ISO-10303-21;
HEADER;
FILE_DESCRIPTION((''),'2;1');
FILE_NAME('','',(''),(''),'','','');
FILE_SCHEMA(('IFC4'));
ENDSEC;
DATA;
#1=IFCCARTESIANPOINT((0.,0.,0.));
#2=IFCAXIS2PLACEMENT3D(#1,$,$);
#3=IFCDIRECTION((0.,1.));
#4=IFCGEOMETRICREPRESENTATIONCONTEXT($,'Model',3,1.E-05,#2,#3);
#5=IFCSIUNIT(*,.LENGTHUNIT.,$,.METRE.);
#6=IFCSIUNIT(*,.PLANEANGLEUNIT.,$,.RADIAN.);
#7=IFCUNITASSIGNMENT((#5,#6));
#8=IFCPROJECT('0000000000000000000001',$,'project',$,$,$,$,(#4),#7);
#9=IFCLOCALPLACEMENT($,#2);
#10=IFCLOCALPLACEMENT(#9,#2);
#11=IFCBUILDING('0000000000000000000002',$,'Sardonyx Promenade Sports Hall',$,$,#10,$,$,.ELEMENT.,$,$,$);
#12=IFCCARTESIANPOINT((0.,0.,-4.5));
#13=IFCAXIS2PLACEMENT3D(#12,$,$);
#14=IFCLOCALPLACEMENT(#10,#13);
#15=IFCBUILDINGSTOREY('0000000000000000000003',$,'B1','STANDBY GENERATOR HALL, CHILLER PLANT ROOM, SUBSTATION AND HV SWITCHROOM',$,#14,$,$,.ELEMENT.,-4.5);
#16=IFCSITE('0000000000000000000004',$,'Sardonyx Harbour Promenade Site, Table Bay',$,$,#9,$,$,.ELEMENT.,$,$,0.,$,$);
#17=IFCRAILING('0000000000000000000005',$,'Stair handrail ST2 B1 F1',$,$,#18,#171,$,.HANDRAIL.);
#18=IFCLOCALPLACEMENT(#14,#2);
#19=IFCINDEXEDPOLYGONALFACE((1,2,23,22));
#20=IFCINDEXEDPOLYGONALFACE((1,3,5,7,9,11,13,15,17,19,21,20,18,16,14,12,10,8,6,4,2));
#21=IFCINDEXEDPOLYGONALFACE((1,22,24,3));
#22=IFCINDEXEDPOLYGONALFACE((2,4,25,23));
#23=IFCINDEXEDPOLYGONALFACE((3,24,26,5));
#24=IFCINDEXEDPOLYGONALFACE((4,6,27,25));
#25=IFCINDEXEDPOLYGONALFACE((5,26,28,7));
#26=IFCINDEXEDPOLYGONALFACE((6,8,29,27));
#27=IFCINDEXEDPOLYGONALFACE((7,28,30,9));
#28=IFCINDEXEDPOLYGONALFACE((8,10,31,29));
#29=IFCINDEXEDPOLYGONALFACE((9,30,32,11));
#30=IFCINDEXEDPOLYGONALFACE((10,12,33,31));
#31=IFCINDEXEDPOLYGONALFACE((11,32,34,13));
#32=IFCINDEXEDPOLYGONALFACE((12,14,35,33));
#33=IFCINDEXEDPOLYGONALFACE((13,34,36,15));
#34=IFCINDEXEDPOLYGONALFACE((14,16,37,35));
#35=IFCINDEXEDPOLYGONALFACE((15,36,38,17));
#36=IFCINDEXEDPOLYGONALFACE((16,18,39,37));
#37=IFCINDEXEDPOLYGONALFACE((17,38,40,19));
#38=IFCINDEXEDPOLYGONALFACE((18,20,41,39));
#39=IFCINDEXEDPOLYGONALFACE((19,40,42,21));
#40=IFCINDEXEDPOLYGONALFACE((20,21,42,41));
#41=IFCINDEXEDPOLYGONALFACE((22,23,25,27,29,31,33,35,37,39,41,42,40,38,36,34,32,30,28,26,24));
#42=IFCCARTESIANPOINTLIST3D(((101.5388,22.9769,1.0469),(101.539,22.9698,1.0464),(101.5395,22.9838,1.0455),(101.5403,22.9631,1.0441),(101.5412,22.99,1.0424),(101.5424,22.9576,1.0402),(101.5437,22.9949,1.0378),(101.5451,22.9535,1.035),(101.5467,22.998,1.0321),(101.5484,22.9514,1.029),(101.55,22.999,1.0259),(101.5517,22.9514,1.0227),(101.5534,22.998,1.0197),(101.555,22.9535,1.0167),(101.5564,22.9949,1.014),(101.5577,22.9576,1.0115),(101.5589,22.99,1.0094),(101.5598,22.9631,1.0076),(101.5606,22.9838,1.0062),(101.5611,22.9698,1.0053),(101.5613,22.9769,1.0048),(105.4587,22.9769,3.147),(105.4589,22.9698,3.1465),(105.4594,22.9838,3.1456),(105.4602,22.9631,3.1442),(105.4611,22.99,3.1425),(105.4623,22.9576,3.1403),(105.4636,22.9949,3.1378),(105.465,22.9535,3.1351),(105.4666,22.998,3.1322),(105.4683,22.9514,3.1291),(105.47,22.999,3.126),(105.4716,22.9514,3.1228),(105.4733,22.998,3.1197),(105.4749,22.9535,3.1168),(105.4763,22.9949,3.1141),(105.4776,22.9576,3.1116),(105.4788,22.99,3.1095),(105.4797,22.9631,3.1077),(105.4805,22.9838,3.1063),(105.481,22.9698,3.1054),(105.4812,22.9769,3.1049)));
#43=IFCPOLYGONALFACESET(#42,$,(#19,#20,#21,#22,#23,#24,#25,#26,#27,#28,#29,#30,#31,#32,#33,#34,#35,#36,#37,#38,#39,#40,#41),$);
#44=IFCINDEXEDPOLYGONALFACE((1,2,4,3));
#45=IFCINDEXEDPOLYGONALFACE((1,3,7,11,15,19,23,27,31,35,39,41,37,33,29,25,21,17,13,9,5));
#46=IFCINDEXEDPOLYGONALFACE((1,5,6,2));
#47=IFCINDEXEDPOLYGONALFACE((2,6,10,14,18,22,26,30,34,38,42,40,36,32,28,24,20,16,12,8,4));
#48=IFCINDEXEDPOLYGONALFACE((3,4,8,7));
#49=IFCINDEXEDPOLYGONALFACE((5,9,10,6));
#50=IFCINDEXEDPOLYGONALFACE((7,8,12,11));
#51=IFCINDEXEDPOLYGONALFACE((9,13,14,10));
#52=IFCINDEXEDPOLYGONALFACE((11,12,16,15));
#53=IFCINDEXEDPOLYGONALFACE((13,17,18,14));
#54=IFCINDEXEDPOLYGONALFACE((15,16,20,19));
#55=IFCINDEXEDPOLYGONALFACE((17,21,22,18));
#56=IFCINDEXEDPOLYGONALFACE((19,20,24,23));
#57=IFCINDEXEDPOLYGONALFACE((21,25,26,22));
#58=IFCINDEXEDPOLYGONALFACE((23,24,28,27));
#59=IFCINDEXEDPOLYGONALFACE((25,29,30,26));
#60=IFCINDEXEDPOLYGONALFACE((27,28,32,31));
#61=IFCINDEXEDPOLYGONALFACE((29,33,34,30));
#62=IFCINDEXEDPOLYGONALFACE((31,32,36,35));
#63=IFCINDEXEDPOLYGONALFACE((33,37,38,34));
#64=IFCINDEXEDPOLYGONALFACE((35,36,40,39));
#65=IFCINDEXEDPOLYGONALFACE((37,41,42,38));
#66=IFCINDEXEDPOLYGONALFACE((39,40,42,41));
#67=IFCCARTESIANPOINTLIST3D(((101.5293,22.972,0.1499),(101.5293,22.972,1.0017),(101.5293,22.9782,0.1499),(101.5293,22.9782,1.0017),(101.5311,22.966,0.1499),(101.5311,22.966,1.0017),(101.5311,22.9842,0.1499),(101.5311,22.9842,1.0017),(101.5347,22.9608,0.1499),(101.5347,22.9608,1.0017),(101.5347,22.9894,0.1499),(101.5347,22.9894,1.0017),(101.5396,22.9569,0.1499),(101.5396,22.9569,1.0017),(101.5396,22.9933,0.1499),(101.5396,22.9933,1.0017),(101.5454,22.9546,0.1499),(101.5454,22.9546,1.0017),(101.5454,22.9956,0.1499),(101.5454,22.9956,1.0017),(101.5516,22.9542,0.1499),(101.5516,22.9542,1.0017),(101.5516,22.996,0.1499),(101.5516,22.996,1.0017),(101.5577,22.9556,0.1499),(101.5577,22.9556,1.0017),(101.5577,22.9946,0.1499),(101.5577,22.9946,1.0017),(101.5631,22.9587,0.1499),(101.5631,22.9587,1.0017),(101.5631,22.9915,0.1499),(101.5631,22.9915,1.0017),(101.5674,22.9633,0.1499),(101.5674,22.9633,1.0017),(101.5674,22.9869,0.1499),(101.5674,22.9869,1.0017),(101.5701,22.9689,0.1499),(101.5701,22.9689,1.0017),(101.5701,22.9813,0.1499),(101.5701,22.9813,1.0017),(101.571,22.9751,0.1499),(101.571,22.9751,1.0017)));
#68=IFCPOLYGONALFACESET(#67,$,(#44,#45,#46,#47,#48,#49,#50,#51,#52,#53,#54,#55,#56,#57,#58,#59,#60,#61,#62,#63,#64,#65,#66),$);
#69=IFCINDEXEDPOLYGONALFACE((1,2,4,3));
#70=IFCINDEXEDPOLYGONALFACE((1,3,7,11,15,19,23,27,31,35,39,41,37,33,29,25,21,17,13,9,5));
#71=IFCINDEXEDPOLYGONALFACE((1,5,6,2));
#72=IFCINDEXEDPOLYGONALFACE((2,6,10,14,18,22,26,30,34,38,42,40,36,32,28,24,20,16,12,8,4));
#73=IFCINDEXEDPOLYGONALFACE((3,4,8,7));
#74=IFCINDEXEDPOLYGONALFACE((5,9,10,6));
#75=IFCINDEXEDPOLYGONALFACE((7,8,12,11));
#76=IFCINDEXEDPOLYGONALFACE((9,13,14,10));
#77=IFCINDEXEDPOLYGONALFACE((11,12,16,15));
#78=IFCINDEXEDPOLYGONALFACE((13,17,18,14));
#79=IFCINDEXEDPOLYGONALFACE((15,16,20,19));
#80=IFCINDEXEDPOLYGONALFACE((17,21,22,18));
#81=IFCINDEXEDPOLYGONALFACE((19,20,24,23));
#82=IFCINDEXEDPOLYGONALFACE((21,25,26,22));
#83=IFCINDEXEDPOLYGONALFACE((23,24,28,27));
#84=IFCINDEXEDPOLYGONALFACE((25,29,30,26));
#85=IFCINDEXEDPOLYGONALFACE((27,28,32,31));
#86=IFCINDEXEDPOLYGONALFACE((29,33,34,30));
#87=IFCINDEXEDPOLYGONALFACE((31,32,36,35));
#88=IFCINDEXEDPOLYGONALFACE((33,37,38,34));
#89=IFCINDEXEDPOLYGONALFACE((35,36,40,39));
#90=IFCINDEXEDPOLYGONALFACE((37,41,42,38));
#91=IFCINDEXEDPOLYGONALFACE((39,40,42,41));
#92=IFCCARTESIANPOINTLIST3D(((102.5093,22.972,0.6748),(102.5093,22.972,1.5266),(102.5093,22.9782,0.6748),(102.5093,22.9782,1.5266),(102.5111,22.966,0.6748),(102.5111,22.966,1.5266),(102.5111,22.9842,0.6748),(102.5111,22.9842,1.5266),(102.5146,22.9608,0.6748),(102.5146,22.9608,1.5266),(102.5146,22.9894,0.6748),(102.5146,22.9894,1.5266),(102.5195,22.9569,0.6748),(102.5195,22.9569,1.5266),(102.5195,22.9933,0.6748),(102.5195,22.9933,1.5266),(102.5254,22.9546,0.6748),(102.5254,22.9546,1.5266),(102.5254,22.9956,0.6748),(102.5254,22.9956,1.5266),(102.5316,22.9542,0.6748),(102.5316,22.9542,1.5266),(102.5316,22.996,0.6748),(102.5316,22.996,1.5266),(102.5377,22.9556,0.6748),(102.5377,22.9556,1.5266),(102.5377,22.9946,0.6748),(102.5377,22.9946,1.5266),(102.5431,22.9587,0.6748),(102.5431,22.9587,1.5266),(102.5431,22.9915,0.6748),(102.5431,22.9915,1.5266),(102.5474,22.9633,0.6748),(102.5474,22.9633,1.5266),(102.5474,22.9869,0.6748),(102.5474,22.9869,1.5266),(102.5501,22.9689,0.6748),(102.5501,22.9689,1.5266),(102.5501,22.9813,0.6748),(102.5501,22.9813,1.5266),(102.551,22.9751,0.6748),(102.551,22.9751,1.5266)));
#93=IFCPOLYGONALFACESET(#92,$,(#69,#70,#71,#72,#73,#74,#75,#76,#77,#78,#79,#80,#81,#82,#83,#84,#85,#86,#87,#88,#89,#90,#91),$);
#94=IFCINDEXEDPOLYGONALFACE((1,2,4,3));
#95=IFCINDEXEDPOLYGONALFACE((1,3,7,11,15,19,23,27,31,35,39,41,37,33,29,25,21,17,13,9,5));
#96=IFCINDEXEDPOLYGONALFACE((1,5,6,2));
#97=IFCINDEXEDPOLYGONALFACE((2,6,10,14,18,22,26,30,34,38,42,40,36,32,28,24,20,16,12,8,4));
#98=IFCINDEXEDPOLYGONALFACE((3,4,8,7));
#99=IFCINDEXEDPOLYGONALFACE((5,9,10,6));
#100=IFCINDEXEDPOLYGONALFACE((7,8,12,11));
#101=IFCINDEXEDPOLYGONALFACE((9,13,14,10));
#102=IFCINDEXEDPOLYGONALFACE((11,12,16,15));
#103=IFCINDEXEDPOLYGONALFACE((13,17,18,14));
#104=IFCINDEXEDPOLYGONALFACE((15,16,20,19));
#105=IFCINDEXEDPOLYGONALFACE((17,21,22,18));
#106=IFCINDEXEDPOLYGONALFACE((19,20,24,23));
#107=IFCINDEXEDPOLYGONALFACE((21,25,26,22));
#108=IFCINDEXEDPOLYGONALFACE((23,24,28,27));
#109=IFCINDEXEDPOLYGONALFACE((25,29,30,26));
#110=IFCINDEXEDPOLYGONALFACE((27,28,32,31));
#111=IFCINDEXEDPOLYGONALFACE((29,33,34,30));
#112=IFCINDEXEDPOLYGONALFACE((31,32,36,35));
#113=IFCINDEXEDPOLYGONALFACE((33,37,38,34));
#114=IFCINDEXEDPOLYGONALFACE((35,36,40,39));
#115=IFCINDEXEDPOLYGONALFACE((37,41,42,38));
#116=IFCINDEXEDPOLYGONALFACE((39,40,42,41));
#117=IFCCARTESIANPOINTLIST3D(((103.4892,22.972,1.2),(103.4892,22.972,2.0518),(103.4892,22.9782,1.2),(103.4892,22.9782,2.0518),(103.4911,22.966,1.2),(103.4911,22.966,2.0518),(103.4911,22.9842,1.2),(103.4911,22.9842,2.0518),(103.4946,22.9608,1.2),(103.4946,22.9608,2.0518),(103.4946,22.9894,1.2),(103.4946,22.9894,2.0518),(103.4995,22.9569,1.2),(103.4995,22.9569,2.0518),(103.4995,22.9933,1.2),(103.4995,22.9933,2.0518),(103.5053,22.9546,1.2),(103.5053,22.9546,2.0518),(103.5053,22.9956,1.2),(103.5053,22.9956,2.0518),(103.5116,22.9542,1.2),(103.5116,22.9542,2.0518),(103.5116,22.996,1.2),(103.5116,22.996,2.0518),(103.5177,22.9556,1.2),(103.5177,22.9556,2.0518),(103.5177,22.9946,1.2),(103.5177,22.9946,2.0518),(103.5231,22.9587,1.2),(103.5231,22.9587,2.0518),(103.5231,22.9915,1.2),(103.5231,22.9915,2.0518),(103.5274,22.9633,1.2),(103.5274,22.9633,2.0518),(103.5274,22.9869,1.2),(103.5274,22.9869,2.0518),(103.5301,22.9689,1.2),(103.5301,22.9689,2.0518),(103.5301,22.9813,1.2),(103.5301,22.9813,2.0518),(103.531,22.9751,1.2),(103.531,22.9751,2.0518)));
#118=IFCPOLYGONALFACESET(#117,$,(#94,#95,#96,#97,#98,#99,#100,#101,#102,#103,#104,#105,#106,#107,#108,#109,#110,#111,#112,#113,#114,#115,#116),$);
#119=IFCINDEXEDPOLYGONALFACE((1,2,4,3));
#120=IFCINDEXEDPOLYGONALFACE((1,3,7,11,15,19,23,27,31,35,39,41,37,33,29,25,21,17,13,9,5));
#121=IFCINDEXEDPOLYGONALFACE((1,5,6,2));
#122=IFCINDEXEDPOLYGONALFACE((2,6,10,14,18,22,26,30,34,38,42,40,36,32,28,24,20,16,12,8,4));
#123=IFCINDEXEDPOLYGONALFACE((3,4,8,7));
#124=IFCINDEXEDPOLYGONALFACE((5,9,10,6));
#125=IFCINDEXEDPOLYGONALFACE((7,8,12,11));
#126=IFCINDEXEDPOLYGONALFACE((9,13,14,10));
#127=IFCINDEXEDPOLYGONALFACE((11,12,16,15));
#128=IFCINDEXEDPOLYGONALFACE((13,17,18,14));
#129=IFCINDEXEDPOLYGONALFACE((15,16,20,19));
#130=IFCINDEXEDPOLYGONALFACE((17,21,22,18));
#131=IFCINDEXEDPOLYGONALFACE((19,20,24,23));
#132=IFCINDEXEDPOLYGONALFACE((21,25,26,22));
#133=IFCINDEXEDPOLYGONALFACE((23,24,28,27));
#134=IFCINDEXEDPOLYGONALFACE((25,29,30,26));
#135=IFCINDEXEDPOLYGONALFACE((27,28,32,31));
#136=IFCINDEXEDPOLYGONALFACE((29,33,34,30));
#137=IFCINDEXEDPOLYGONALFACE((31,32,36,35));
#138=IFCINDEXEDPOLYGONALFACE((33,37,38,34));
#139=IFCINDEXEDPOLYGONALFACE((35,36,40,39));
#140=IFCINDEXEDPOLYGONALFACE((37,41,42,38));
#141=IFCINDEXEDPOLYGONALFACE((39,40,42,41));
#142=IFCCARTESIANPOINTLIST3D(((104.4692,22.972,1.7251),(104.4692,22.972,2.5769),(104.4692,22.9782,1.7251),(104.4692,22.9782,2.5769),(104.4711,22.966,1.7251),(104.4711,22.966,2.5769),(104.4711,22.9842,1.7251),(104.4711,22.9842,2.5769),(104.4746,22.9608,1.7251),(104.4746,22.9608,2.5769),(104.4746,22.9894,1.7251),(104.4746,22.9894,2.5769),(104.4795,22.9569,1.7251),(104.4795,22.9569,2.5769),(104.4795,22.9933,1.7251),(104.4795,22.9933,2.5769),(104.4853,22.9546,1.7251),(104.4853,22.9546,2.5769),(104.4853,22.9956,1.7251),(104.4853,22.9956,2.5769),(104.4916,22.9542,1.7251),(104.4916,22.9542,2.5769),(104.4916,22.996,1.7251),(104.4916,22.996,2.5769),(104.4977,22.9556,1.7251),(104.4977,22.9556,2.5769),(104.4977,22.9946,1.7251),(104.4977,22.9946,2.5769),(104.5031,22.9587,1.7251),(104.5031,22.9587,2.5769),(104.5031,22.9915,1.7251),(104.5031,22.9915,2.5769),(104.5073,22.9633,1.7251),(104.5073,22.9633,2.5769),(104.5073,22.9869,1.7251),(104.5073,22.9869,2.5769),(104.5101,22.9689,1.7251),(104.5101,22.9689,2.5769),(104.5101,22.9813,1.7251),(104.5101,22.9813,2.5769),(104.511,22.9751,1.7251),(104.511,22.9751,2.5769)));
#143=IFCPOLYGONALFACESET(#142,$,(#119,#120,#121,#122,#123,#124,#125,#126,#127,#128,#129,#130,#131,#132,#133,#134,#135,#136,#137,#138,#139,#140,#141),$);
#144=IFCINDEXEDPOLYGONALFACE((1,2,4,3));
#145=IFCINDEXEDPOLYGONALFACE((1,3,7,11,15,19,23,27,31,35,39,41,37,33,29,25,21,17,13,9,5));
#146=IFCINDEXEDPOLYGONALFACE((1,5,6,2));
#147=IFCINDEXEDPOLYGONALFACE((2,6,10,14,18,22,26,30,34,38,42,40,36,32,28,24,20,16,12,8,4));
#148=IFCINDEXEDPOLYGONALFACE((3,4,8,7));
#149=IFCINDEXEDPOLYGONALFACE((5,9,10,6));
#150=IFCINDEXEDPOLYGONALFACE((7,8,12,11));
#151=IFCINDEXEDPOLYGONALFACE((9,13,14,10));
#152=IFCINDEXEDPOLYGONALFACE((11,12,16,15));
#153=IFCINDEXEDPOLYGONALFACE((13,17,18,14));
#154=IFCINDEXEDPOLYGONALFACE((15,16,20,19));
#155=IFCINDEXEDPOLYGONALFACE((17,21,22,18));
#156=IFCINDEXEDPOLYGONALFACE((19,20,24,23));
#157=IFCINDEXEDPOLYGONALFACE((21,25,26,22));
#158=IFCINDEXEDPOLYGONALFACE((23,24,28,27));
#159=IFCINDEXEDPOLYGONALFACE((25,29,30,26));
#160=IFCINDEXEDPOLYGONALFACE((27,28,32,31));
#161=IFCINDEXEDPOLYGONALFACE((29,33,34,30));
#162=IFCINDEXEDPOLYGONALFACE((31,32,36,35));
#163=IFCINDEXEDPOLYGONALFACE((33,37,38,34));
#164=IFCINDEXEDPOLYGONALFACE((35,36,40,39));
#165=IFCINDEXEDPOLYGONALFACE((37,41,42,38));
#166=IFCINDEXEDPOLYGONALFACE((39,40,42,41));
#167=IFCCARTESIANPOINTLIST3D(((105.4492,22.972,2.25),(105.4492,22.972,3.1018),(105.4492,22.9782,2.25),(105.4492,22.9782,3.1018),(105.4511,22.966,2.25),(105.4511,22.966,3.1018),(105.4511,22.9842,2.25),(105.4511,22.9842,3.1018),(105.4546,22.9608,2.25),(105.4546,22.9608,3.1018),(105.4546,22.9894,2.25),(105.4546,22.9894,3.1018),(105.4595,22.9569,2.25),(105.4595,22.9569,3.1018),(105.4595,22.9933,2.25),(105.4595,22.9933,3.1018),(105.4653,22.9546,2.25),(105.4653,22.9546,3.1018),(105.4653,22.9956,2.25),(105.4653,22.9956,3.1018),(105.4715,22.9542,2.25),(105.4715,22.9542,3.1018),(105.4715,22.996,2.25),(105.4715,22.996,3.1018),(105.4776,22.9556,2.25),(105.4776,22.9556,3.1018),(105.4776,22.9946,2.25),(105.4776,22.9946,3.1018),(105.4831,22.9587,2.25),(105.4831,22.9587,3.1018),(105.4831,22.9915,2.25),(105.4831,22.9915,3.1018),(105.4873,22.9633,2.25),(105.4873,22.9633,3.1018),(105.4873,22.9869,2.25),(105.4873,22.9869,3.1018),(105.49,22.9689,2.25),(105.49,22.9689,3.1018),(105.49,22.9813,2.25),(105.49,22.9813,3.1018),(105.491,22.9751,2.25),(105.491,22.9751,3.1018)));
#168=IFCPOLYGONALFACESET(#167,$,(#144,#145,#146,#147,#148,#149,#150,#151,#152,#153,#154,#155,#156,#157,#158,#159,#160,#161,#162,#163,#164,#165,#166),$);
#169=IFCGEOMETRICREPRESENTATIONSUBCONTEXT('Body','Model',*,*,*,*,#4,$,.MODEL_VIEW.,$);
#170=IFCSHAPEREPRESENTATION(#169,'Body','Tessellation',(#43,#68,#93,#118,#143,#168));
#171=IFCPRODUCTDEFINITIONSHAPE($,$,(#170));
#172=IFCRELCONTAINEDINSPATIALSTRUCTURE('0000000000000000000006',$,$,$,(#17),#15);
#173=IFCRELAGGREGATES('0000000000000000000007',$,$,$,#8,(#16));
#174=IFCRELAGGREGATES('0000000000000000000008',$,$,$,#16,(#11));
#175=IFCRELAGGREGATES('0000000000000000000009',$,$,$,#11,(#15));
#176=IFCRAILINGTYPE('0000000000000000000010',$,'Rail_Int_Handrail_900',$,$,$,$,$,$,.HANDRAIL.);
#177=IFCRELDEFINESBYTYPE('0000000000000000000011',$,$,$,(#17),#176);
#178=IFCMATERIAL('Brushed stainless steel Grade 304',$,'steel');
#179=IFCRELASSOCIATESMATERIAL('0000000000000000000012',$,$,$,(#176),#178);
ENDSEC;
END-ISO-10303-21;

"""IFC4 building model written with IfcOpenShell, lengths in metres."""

from ifc_helpers import new_model, si_unit, direction, frame, origin, origin_2d, place, context, subcontext, project, spatial, circle, extrude, material, type_object, element, save


model = new_model("IFC4")

# Units and contexts
model_context = context("Model", 3, precision=1e-05, world=origin(), true_north=direction((0.0, 1.0)))
body_context = subcontext(model_context, "Body", "Model", "MODEL_VIEW")
ifc_project = project(units=[si_unit("LENGTHUNIT", "METRE"), si_unit("PLANEANGLEUNIT", "RADIAN")], contexts=[model_context])

# Site, building, storey
site_placement = place(None, origin())
site = spatial("IfcSite", under=ifc_project, at=site_placement, Name="Sardonyx Harbour Promenade Site, Table Bay", CompositionType="ELEMENT", RefElevation=0.0)
building_placement = place(site_placement, origin())
building = spatial("IfcBuilding", under=site, at=building_placement, Name="Sardonyx Promenade Sports Hall", CompositionType="ELEMENT")
storey_placement = place(building_placement, frame((0.0, 0.0, -4.5)))
storey = spatial("IfcBuildingStorey", under=building, at=storey_placement, Name="B1", Description="STANDBY GENERATOR HALL, CHILLER PLANT ROOM, SUBSTATION AND HV SWITCHROOM", CompositionType="ELEMENT", Elevation=-4.5)

# Railing
ifc_material_1 = material(Name="Brushed stainless steel Grade 304", Category="steel")
railing_type_1 = type_object("IfcRailingType", Name="Rail_Int_Handrail_900", PredefinedType="HANDRAIL", material=ifc_material_1)
railing_1_placement = place(storey_placement, frame((101.55, 22.9751, 0.1499)))
element("IfcRailing", 1, at=railing_1_placement, inside=storey, type_object=railing_type_1, Name="Stair handrail ST2 B1 F1", PredefinedType="HANDRAIL", context=body_context, shape_type="SweptSolid", body=[
    extrude(circle(Radius=0.0239, at=origin_2d()), frame((0.0, 0.0, 0.876), z_axis=(0.881467, 0.0, 0.472246), x_axis=(0.0, 1.0, 0.0)), (0.0, 0.0, 1.0), 4.447),
    extrude(circle(Radius=0.021, at=origin_2d()), origin(), (0.0, 0.0, 1.0), 0.8518),
    extrude(circle(Radius=0.021, at=origin_2d()), frame((0.98, 0.0, 0.5249)), (0.0, 0.0, 1.0), 0.8518),
    extrude(circle(Radius=0.021, at=origin_2d()), frame((1.96, 0.0, 1.05)), (0.0, 0.0, 1.0), 0.8518),
    extrude(circle(Radius=0.021, at=origin_2d()), frame((2.9399, 0.0, 1.5752)), (0.0, 0.0, 1.0), 0.8518),
    extrude(circle(Radius=0.021, at=origin_2d()), frame((3.9199, 0.0, 2.1001)), (0.0, 0.0, 1.0), 0.8518),
])

save(model, "model.ifc")
